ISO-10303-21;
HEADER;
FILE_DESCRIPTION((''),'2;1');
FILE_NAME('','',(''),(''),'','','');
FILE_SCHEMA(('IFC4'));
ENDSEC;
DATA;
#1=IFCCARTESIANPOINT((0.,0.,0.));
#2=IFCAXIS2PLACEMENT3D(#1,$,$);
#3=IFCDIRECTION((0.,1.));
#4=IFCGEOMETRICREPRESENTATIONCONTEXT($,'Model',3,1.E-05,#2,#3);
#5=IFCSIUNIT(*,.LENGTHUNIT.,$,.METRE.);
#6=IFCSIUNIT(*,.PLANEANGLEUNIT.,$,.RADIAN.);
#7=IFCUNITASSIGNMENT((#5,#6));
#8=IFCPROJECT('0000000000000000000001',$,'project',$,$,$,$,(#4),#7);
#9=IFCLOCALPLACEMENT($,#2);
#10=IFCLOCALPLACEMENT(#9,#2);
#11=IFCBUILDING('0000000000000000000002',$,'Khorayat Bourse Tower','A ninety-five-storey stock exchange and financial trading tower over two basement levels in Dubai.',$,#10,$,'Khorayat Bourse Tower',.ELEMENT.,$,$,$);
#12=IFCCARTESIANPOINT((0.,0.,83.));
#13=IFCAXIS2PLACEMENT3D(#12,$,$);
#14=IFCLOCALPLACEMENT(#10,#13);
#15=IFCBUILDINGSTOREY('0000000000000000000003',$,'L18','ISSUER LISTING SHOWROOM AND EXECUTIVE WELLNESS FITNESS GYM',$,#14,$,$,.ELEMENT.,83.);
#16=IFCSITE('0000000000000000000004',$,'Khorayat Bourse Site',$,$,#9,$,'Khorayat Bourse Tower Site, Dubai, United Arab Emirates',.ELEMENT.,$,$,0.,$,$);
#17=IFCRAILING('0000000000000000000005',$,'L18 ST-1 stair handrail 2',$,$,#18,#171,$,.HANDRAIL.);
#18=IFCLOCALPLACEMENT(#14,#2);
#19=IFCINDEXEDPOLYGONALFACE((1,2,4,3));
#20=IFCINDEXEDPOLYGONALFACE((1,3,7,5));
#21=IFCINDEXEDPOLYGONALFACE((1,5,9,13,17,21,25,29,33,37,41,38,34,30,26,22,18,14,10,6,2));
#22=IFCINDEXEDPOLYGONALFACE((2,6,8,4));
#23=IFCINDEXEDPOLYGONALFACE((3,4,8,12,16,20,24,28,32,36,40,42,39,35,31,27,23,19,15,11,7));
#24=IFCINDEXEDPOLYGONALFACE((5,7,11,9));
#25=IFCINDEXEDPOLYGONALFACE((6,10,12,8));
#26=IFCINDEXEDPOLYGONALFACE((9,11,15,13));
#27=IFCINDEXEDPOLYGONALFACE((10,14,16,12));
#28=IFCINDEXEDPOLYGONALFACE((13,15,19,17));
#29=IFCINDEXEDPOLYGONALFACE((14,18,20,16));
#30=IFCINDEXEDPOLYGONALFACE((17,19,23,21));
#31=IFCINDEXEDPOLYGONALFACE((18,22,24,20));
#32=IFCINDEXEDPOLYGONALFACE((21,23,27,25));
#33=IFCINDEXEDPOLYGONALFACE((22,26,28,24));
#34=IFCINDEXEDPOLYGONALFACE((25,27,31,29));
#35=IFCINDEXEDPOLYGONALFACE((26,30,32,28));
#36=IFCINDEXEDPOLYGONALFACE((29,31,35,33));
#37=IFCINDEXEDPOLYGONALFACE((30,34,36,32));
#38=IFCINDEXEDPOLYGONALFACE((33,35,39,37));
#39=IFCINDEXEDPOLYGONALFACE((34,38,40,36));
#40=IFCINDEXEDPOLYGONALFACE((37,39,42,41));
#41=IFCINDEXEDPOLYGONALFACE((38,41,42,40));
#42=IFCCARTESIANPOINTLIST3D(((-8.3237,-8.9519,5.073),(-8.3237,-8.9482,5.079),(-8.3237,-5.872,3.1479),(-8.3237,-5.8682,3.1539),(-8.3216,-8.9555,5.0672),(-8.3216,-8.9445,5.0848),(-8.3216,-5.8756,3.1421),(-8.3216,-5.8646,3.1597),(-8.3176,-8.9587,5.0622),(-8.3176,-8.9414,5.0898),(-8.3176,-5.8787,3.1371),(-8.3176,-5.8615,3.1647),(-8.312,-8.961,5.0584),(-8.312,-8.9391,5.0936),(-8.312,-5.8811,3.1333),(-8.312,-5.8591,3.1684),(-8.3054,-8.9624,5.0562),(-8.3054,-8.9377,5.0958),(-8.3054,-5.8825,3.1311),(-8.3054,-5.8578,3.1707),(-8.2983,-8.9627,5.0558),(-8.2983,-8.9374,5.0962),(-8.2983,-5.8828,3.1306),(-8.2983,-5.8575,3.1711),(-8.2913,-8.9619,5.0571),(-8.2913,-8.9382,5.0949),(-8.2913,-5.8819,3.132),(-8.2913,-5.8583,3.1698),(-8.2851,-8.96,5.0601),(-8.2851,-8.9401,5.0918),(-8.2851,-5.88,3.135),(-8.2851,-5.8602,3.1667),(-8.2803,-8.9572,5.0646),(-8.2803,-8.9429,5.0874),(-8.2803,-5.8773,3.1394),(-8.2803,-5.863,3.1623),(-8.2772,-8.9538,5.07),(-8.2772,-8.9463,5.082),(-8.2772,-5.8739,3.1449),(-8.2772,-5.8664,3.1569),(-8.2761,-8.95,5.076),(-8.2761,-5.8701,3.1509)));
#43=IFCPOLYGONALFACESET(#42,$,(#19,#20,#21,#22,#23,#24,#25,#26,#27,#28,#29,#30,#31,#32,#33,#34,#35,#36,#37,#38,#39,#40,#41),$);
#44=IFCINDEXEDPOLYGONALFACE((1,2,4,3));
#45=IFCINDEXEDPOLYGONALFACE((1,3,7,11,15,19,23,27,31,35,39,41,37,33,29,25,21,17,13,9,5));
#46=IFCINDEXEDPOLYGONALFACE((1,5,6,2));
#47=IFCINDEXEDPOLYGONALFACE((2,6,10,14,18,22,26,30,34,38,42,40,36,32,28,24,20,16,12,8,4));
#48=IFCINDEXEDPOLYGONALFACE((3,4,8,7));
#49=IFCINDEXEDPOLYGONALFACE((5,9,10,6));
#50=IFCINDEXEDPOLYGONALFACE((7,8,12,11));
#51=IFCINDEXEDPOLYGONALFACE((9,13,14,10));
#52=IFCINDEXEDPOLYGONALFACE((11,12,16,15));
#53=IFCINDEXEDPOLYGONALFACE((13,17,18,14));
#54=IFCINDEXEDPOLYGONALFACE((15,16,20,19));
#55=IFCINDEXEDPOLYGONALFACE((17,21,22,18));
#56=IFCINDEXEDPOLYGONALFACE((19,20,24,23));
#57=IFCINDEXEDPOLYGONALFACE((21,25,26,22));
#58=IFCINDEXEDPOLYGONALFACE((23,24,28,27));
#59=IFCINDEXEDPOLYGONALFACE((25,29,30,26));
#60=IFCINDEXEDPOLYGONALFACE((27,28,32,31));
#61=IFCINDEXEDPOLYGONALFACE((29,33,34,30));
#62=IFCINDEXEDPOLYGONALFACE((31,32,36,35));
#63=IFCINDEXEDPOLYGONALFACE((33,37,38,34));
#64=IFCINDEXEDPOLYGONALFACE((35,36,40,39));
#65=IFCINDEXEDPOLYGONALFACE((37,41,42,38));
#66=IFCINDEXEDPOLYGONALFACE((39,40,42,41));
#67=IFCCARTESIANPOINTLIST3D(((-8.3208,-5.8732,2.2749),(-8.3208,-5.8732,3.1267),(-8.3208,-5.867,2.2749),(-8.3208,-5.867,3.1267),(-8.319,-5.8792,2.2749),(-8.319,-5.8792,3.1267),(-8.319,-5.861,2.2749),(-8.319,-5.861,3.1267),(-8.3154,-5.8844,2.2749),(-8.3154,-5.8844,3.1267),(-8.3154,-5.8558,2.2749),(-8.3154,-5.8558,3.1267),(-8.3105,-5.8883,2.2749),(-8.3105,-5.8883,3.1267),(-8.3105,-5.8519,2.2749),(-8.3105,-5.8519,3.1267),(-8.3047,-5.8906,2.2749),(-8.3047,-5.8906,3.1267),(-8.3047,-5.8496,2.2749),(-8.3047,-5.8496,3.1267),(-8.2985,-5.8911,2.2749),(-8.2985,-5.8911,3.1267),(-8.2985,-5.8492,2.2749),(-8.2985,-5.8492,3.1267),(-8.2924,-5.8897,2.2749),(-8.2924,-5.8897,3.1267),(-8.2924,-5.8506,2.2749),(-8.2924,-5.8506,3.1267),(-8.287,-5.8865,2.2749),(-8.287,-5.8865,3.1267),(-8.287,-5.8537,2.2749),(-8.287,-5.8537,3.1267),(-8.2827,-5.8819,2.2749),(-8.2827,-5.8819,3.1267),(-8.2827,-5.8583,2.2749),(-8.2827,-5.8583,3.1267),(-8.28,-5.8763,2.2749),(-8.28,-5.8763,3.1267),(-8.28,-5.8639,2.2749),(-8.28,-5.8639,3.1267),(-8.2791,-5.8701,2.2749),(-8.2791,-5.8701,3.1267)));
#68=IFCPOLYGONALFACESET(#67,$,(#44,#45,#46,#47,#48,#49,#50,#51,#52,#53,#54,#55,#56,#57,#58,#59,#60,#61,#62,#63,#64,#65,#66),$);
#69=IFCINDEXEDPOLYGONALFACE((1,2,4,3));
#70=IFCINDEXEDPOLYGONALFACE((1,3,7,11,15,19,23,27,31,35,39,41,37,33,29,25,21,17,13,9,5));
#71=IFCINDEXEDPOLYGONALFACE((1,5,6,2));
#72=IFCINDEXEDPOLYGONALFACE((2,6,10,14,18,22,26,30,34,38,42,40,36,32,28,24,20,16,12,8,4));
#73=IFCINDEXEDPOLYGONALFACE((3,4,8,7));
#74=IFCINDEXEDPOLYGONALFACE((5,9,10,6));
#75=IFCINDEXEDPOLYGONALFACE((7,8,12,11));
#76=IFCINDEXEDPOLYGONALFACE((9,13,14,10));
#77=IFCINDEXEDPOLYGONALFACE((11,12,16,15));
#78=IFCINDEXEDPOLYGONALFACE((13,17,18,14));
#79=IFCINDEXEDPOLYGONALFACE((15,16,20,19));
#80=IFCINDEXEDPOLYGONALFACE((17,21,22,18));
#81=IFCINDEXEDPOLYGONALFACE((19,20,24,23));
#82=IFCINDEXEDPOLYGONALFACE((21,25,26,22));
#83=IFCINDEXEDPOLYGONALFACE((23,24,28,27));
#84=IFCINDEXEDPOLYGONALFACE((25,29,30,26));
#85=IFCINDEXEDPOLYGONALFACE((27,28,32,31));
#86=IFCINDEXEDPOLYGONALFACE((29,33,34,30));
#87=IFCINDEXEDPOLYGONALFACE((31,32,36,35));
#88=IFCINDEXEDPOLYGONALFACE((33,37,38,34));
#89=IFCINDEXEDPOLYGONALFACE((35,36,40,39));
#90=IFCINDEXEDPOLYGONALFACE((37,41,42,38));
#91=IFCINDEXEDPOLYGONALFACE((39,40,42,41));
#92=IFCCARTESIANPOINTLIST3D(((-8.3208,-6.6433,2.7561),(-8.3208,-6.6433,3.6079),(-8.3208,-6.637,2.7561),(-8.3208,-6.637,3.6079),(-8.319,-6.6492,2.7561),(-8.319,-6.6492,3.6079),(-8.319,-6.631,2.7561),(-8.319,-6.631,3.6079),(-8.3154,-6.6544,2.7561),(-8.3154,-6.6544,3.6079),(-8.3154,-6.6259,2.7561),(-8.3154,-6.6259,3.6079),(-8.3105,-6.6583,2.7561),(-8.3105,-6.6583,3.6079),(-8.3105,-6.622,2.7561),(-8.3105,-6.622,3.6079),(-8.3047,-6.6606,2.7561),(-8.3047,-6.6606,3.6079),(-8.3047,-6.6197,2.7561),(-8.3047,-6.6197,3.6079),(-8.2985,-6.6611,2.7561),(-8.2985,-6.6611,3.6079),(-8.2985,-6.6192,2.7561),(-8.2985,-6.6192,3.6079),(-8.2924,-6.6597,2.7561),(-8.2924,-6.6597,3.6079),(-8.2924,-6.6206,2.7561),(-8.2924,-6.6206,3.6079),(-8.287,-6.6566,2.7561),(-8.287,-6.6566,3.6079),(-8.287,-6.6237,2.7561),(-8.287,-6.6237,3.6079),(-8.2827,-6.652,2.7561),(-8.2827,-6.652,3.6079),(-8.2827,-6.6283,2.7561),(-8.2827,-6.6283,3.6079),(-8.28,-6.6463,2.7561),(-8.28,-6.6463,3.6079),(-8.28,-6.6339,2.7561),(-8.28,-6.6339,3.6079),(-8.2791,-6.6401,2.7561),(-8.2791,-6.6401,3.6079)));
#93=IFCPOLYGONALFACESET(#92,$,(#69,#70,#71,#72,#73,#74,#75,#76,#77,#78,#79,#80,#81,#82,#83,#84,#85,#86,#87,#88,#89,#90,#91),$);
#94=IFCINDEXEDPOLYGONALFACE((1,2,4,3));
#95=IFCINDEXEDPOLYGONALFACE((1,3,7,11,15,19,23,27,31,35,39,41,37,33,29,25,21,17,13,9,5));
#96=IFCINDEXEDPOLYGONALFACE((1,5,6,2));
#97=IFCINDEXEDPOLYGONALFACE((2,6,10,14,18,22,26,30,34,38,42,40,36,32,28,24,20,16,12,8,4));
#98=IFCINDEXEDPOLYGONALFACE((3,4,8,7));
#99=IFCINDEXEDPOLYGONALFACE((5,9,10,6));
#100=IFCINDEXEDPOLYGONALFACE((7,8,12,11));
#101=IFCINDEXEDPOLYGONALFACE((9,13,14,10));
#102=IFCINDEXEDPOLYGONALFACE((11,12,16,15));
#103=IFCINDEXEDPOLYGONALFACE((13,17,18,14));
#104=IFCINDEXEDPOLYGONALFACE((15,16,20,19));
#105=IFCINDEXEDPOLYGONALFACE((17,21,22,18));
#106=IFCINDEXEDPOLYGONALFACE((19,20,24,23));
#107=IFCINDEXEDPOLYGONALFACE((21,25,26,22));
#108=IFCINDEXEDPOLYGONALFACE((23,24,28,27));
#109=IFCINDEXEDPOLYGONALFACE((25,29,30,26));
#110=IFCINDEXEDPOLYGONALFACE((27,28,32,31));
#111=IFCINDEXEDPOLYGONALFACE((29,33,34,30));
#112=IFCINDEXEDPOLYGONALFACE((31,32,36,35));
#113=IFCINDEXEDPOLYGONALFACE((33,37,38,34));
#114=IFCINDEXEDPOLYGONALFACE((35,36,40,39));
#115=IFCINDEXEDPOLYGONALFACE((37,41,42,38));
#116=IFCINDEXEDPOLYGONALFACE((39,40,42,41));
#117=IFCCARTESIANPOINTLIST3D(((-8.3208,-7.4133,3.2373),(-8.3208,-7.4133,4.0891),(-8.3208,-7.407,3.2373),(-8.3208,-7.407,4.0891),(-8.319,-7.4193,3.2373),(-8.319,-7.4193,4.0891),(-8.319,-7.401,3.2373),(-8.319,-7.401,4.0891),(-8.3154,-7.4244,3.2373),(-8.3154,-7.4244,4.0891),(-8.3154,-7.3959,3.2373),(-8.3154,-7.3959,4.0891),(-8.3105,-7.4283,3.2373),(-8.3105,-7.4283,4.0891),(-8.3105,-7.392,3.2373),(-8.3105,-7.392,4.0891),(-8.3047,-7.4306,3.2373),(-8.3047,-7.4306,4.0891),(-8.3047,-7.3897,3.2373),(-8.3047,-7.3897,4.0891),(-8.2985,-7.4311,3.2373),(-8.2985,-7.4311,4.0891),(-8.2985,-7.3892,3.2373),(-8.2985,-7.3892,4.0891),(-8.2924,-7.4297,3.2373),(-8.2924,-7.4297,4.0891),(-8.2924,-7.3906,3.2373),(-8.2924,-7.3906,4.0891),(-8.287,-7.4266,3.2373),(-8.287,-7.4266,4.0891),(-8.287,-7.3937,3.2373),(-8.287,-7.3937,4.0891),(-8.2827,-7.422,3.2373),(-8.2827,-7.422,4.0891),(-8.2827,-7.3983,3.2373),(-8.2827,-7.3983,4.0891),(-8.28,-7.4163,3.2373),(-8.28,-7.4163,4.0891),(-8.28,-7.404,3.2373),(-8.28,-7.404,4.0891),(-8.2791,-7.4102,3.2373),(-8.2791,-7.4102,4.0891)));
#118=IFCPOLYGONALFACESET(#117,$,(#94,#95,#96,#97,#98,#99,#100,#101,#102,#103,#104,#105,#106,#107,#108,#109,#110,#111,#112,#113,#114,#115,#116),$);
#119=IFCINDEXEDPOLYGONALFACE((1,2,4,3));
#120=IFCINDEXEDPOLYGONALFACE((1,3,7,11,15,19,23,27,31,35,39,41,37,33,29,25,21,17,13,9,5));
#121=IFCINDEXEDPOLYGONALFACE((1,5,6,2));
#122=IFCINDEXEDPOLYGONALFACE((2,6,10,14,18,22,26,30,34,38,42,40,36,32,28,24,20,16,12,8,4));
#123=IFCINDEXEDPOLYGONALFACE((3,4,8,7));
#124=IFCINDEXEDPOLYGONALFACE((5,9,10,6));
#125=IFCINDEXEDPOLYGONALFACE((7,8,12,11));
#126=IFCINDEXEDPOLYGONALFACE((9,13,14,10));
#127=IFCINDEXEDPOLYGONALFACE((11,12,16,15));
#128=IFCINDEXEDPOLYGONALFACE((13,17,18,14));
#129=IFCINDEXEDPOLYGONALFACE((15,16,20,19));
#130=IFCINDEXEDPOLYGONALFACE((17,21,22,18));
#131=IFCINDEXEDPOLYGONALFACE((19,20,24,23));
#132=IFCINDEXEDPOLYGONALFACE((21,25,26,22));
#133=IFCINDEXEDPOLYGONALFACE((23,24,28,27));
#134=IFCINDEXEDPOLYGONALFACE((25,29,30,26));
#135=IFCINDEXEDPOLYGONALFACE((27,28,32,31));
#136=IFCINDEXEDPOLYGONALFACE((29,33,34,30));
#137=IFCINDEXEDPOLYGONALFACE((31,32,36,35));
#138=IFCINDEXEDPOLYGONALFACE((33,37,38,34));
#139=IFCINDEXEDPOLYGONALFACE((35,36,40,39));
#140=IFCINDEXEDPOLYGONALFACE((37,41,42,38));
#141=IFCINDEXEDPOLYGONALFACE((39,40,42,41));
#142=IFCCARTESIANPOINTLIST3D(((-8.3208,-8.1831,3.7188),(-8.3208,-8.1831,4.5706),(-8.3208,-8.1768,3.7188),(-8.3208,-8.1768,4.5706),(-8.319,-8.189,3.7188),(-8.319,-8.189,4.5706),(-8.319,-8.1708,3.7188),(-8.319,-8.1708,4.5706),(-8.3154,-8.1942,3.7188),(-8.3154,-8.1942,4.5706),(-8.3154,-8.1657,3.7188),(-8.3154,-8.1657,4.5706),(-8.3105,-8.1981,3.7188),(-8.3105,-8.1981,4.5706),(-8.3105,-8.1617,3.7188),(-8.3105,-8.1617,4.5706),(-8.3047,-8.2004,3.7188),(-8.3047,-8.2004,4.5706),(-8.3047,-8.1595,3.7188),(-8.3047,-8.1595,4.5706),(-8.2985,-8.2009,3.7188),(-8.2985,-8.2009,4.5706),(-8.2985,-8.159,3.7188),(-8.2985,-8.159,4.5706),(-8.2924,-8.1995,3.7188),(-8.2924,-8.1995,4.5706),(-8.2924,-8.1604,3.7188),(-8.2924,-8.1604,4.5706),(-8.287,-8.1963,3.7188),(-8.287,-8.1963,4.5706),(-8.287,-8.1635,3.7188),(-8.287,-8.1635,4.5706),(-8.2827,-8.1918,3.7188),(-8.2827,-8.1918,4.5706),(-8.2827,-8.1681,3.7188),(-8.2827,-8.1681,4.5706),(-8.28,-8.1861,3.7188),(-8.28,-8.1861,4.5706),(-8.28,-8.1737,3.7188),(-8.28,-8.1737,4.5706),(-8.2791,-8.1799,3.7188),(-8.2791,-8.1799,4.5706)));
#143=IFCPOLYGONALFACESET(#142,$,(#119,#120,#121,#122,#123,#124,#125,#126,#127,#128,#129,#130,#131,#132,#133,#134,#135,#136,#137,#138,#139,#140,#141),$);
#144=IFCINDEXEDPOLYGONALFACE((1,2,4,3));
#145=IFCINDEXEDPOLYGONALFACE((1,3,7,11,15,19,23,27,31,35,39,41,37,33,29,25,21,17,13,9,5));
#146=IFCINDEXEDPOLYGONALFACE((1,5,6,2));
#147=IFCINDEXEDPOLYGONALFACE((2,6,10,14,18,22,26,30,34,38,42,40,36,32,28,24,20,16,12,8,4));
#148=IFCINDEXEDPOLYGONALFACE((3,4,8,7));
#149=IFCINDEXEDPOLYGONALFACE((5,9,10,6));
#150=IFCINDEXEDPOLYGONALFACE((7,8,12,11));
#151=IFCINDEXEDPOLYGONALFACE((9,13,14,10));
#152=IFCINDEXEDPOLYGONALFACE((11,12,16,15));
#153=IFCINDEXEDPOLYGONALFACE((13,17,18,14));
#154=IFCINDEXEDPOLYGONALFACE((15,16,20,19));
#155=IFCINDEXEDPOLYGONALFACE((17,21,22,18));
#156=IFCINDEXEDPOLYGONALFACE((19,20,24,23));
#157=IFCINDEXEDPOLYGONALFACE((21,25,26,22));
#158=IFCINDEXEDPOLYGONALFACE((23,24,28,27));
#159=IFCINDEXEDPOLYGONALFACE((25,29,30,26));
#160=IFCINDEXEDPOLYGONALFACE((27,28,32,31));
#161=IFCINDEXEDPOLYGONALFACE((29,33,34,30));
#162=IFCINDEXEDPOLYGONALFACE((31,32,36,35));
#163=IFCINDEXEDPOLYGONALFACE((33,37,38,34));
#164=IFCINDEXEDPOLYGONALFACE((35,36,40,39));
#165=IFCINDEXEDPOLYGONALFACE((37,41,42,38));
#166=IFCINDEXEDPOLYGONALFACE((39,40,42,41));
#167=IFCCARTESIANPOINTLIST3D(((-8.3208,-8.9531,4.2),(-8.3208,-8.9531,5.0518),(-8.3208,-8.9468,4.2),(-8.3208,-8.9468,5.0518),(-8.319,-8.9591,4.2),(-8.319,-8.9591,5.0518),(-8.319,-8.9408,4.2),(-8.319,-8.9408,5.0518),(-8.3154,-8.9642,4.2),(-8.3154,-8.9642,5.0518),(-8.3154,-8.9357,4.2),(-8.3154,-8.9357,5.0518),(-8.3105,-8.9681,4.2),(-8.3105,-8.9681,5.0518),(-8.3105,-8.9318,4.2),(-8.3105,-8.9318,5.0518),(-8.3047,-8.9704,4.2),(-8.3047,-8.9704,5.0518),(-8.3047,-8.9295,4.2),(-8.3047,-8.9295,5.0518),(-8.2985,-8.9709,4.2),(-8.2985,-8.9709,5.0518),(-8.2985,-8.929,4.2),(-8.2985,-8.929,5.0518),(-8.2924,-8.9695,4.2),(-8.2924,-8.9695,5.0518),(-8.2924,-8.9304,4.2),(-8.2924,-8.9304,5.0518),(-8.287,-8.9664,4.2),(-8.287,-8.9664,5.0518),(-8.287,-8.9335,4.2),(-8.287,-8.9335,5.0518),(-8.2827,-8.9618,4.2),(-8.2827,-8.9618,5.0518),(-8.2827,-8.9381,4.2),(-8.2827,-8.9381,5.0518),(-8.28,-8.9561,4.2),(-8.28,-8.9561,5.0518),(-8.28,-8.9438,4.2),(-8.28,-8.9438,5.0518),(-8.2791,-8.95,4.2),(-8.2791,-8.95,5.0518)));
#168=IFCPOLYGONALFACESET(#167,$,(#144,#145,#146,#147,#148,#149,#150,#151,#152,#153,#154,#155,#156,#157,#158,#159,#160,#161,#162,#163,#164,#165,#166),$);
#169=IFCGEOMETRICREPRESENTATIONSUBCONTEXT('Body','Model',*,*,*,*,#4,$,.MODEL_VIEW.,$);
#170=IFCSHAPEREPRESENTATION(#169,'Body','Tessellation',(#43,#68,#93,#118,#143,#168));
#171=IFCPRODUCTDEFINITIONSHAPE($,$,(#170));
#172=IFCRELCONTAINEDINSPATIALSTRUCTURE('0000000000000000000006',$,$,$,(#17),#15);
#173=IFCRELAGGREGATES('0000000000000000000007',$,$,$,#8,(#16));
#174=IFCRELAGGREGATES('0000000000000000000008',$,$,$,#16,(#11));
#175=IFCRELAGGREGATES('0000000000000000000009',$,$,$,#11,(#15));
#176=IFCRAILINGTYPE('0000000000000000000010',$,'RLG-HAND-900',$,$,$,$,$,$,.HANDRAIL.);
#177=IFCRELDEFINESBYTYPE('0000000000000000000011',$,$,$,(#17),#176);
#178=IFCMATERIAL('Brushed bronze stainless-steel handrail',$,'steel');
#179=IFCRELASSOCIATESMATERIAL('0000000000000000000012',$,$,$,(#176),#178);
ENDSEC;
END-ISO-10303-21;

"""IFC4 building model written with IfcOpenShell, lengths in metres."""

from ifc_helpers import new_model, si_unit, direction, frame, origin, origin_2d, place, context, subcontext, project, spatial, circle, extrude, source, transform, mapped, material, type_object, element, save


model = new_model("IFC4")

# Units and contexts
model_context = context("Model", 3, precision=1e-05, world=origin(), true_north=direction((0.0, 1.0)))
body_context = subcontext(model_context, "Body", "Model", "MODEL_VIEW")
ifc_project = project(units=[si_unit("LENGTHUNIT", "METRE"), si_unit("PLANEANGLEUNIT", "RADIAN")], contexts=[model_context])

# Site, building, storey
site_placement = place(None, origin())
site = spatial("IfcSite", under=ifc_project, at=site_placement, Name="Khorayat Bourse Site", LongName="Khorayat Bourse Tower Site, Dubai, United Arab Emirates", CompositionType="ELEMENT", RefElevation=0.0)
building_placement = place(site_placement, origin())
building = spatial("IfcBuilding", under=site, at=building_placement, Name="Khorayat Bourse Tower", Description="A ninety-five-storey stock exchange and financial trading tower over two basement levels in Dubai.", LongName="Khorayat Bourse Tower", CompositionType="ELEMENT")
storey_placement = place(building_placement, frame((0.0, 0.0, 83.0)))
storey = spatial("IfcBuildingStorey", under=building, at=storey_placement, Name="L18", Description="ISSUER LISTING SHOWROOM AND EXECUTIVE WELLNESS FITNESS GYM", CompositionType="ELEMENT", Elevation=83.0)

# Railing
ifc_material_1 = material(Name="Brushed bronze stainless-steel handrail", Category="steel")
railing_type_1 = type_object("IfcRailingType", Name="RLG-HAND-900", PredefinedType="HANDRAIL", material=ifc_material_1)
shared_shape_1 = source(origin(), body_context, "Body", "SweptSolid", [
    extrude(circle(Radius=0.0239, at=origin_2d()), frame((0.0, 0.0, 0.876), z_axis=(0.0, -0.847979, 0.530029), x_axis=(1.0, 0.0, 0.0)), (0.0, 0.0, 1.0), 3.6321),
    extrude(circle(Radius=0.021, at=origin_2d()), origin(), (0.0, 0.0, 1.0), 0.8518),
    extrude(circle(Radius=0.021, at=origin_2d()), frame((0.0, -0.77, 0.4812)), (0.0, 0.0, 1.0), 0.8518),
    extrude(circle(Radius=0.021, at=origin_2d()), frame((0.0, -1.54, 0.9624)), (0.0, 0.0, 1.0), 0.8518),
    extrude(circle(Radius=0.021, at=origin_2d()), frame((0.0, -2.3098, 1.4438)), (0.0, 0.0, 1.0), 0.8518),
    extrude(circle(Radius=0.021, at=origin_2d()), frame((0.0, -3.0798, 1.925)), (0.0, 0.0, 1.0), 0.8518),
])
railing_1_placement = place(storey_placement, frame((-8.3, -5.8701, 2.2749)))
element("IfcRailing", 1, at=railing_1_placement, inside=storey, type_object=railing_type_1, Name="L18 ST-1 stair handrail 2", PredefinedType="HANDRAIL", context=body_context, shape_type="MappedRepresentation", body=[
    mapped(shared_shape_1, transform((0.0, 0.0, 0.0), scale=1.0)),
])

save(model, "model.ifc")
